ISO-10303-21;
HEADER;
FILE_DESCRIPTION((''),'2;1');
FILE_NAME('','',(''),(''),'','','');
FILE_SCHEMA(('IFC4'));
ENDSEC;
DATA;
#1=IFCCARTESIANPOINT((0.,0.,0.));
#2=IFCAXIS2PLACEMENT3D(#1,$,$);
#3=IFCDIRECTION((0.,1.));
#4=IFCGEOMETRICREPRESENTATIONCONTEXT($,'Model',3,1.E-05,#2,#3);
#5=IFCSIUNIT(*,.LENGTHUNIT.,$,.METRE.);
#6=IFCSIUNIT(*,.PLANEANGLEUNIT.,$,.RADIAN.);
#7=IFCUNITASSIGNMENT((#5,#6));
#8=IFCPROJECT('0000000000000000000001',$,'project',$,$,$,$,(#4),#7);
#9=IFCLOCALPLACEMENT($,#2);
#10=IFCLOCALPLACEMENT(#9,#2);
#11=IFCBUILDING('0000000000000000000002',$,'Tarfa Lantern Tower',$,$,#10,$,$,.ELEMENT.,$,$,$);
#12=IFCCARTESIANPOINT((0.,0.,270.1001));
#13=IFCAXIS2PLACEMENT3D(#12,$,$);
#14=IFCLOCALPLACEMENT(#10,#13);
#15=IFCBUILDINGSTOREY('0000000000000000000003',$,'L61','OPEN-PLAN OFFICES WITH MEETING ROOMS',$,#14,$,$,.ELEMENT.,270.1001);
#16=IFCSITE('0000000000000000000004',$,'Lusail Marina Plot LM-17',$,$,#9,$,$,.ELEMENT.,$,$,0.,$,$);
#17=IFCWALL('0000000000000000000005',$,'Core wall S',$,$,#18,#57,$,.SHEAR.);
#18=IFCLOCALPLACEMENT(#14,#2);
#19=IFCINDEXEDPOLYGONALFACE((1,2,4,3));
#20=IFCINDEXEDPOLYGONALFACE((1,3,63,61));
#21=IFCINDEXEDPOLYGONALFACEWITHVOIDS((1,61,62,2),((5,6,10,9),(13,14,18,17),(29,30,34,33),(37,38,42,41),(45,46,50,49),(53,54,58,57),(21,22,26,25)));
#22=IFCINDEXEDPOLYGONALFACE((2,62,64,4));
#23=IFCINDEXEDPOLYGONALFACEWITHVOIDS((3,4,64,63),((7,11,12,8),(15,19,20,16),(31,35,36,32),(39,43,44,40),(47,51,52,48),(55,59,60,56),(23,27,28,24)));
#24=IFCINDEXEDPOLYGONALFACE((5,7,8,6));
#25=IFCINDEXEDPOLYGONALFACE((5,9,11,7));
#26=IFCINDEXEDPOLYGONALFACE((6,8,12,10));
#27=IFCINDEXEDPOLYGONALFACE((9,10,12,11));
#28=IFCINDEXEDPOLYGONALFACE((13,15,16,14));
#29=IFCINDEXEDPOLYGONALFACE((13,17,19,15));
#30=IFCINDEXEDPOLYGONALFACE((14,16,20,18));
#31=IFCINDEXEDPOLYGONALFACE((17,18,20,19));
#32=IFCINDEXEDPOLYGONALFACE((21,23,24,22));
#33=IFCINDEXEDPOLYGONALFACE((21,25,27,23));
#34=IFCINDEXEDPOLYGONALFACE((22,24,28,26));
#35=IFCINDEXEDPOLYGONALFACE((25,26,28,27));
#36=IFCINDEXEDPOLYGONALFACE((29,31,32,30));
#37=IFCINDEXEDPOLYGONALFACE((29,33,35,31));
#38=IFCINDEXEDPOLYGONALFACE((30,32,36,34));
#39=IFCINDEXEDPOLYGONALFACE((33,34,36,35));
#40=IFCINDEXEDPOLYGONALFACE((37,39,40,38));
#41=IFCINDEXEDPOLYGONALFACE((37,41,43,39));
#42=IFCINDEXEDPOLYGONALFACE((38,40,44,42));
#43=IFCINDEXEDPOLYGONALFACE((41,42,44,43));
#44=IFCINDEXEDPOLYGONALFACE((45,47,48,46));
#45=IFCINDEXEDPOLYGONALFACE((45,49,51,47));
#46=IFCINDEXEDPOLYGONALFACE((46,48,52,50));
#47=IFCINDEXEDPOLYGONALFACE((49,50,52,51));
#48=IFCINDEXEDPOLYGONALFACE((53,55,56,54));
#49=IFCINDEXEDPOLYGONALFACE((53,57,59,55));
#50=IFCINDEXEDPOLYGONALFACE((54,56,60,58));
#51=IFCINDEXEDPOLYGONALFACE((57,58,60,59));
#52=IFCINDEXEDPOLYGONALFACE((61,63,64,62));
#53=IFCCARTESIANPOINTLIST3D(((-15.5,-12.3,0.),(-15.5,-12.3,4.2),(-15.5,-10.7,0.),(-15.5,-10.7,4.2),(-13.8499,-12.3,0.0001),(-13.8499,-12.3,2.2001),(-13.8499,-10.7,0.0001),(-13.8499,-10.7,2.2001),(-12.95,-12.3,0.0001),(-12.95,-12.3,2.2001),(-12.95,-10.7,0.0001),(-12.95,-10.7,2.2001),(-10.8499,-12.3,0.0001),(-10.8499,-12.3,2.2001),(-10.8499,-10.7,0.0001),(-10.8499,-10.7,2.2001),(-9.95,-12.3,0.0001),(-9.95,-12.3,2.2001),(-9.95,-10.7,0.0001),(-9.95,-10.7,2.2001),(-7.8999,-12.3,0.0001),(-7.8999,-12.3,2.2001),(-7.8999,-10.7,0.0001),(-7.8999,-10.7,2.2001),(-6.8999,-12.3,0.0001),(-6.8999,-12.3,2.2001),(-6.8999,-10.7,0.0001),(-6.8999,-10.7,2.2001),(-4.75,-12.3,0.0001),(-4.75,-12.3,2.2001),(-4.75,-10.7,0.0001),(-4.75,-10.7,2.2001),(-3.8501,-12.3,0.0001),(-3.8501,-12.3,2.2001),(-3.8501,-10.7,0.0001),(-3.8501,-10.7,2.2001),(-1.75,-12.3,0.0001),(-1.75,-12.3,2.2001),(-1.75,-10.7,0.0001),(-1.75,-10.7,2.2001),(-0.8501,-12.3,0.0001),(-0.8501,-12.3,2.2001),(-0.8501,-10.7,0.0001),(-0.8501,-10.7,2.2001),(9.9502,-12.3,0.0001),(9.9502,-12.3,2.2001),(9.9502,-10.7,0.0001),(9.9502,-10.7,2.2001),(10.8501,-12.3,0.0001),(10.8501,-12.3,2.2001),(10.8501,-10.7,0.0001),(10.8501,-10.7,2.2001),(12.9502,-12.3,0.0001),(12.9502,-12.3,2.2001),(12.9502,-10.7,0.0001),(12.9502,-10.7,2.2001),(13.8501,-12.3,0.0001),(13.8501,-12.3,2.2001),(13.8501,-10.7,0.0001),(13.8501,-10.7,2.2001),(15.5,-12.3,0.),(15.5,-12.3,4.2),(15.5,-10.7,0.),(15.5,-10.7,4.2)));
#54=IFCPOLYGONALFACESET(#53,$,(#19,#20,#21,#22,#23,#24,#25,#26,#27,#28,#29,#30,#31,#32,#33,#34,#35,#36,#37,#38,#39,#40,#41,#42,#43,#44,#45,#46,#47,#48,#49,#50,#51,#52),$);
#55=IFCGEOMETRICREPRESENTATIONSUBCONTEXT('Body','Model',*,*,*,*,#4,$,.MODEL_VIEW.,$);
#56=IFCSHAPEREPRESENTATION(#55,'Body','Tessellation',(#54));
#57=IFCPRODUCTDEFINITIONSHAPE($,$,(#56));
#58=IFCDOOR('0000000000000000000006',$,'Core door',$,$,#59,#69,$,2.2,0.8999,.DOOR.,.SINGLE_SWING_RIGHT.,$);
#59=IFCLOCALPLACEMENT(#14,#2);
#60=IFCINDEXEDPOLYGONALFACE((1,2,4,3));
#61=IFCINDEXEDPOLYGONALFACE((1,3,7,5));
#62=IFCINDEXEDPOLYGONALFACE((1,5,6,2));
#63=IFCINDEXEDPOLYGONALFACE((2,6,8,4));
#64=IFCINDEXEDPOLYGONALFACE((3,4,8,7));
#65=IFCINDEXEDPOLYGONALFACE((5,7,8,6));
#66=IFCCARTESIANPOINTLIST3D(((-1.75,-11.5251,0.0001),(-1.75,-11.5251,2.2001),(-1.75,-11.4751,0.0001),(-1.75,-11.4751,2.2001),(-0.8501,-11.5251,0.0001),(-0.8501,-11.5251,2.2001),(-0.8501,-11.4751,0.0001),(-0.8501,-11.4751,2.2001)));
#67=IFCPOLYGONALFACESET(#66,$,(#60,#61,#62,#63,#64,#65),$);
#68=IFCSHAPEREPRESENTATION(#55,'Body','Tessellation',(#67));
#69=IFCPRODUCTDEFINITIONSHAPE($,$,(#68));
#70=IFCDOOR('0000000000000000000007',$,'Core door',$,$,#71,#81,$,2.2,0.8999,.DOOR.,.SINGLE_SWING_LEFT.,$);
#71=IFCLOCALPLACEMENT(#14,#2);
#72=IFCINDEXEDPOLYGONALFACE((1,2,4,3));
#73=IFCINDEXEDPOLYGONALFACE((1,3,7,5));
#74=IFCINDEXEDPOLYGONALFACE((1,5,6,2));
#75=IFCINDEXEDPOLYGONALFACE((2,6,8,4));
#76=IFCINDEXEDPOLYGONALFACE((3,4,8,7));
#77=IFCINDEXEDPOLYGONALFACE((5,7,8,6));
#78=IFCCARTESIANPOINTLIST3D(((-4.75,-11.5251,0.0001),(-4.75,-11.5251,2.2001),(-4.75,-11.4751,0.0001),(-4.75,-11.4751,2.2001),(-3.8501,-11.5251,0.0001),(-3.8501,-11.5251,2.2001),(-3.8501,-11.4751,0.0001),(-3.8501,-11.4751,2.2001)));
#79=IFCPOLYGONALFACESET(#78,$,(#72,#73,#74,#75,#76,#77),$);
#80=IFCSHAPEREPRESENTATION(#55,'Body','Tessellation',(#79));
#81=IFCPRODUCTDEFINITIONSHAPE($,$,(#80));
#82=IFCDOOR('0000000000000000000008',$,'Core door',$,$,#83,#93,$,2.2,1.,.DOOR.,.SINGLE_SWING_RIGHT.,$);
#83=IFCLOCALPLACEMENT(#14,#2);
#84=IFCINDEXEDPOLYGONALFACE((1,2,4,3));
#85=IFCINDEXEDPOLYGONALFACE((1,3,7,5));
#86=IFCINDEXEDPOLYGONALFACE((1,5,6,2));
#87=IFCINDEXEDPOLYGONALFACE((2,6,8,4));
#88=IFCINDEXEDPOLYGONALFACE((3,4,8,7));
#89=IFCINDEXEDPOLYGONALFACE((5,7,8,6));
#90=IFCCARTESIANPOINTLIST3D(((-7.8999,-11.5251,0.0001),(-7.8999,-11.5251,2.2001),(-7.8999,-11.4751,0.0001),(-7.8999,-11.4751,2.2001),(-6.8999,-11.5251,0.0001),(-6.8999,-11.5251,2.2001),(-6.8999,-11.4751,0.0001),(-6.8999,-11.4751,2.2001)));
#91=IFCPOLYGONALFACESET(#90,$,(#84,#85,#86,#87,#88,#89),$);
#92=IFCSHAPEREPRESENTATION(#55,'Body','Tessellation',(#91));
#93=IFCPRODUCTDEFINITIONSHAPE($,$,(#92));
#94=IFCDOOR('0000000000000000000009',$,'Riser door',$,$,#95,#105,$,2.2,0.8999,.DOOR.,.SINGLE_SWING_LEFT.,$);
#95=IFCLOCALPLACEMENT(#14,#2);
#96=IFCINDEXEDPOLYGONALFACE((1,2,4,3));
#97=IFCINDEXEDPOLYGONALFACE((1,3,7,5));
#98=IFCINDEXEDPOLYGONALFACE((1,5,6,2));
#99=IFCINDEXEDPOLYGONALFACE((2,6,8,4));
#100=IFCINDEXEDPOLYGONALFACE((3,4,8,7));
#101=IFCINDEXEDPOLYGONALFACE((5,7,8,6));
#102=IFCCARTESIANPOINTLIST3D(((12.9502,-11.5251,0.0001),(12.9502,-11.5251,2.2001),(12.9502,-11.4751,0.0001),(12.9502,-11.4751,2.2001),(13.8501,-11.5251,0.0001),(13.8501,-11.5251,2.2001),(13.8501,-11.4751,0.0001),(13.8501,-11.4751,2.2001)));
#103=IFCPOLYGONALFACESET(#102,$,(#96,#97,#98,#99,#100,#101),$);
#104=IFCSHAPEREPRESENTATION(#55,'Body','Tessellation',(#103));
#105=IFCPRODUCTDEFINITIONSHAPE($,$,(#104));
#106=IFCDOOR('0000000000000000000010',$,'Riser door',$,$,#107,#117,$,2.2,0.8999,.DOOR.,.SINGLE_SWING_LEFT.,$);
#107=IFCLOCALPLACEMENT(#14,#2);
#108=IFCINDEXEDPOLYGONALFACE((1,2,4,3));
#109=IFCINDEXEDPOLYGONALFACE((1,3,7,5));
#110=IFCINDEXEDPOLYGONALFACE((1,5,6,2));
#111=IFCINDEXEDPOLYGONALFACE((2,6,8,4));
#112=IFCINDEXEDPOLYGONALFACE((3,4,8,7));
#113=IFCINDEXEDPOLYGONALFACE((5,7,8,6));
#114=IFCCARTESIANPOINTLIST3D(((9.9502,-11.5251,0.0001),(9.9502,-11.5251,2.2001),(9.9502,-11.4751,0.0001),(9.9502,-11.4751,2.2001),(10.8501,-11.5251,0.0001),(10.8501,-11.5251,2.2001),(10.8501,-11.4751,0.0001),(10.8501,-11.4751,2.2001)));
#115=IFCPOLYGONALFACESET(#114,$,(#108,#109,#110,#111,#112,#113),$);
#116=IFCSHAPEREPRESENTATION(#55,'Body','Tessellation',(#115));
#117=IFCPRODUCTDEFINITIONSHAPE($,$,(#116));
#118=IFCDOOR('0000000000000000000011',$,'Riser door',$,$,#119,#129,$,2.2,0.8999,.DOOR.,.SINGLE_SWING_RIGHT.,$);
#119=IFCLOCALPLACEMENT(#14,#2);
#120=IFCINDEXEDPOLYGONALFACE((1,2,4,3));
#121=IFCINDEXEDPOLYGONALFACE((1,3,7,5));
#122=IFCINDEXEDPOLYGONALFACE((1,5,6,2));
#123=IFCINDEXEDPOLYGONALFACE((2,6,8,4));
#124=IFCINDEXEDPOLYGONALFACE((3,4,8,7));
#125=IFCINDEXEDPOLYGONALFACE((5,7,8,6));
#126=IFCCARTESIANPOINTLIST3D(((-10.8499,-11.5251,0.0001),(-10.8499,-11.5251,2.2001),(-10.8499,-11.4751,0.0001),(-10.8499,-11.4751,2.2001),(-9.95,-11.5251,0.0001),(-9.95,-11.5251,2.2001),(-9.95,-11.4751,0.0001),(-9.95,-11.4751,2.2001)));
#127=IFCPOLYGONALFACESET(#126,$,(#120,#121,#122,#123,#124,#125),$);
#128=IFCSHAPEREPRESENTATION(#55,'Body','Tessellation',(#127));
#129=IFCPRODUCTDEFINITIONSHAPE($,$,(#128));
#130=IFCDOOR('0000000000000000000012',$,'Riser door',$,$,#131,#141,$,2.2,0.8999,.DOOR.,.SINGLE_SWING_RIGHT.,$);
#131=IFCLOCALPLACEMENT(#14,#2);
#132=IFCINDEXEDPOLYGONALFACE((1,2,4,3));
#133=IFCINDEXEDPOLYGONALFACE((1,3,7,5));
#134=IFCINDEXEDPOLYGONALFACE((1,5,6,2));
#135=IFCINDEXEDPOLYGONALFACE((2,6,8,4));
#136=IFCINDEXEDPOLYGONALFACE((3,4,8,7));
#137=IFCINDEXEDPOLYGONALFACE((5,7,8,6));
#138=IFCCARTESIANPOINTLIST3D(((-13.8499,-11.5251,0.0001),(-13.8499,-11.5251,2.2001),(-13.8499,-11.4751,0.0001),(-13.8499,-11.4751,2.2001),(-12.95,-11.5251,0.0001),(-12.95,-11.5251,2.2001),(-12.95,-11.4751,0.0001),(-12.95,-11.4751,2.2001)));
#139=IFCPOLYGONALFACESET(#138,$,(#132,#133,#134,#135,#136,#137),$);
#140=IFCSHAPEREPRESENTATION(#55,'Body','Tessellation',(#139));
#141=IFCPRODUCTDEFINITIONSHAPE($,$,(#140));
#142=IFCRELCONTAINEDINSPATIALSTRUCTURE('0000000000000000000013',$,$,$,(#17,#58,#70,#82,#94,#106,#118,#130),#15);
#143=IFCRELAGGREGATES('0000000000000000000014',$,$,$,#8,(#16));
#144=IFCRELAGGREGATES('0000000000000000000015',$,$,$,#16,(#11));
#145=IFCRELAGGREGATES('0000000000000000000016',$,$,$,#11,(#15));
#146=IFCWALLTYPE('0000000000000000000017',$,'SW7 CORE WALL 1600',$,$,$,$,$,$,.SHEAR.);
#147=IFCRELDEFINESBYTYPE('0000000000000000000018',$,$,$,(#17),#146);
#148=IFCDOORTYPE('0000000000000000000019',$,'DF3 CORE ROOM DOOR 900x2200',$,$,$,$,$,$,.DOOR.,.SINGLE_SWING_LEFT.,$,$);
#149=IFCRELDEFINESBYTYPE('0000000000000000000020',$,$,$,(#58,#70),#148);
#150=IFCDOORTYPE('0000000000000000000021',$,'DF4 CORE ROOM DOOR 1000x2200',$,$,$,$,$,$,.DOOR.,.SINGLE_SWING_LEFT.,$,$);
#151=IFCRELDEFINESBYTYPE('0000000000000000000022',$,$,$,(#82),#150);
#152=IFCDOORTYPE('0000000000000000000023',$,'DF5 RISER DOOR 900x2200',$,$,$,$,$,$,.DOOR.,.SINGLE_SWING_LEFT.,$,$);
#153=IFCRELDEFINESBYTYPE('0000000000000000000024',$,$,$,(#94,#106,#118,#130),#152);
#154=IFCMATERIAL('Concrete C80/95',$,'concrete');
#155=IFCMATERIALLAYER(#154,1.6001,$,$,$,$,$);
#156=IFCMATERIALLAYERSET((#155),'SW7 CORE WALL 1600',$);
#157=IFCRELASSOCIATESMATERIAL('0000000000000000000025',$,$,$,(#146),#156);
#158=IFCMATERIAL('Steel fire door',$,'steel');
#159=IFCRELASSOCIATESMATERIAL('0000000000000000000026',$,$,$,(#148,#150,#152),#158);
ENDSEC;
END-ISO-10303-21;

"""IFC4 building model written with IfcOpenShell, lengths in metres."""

from ifc_helpers import new_model, si_unit, direction, frame, frame_2d, origin, place, context, subcontext, project, spatial, rectangle, extrude, material, layer, layer_set, type_object, element, fill, save


model = new_model("IFC4")

# Units and contexts
model_context = context("Model", 3, precision=1e-05, world=origin(), true_north=direction((0.0, 1.0)))
body_context = subcontext(model_context, "Body", "Model", "MODEL_VIEW")
ifc_project = project(units=[si_unit("LENGTHUNIT", "METRE"), si_unit("PLANEANGLEUNIT", "RADIAN")], contexts=[model_context])

# Site, building, storey
site_placement = place(None, origin())
site = spatial("IfcSite", under=ifc_project, at=site_placement, Name="Lusail Marina Plot LM-17", CompositionType="ELEMENT", RefElevation=0.0)
building_placement = place(site_placement, origin())
building = spatial("IfcBuilding", under=site, at=building_placement, Name="Tarfa Lantern Tower", CompositionType="ELEMENT")
storey_placement = place(building_placement, frame((0.0, 0.0, 270.1001)))
storey = spatial("IfcBuildingStorey", under=building, at=storey_placement, Name="L61", Description="OPEN-PLAN OFFICES WITH MEETING ROOMS", CompositionType="ELEMENT", Elevation=270.1001)

# Shared definitions
ifc_material_1 = material(Name="Concrete C80/95", Category="concrete")
ifc_material_2 = material(Name="Steel fire door", Category="steel")

# Wall, openings, doors
ifc_layer_1 = layer(ifc_material_1, 1.6001)
ifc_layer_set_1 = layer_set([ifc_layer_1], Name="SW7 CORE WALL 1600")
wall_type_1 = type_object("IfcWallType", Name="SW7 CORE WALL 1600", PredefinedType="SHEAR", material=ifc_layer_set_1)
wall_1_placement = place(storey_placement, frame((15.5, -11.5, 0.0), z_axis=(0.0, 0.0, 1.0), x_axis=(-1.0, 0.0, 0.0)))
wall_1 = element("IfcWall", 1, at=wall_1_placement, inside=storey, type_object=wall_type_1, Name="Core wall S", PredefinedType="SHEAR", context=body_context, shape_type="SweptSolid", body=[
    extrude(rectangle(XDim=31.0, YDim=1.6001, at=frame_2d((15.5, 0.0))), origin(), (0.0, 0.0, 1.0), 4.2),
])
opening_1_placement = place(wall_1_placement, frame((16.3501, 0.0, 0.0)))
opening_1 = element("IfcOpeningElement", 2, at=opening_1_placement, cuts=wall_1, PredefinedType="OPENING", context=body_context, shape_type="SweptSolid", body=[
    extrude(rectangle(XDim=0.8999, YDim=2.2, at=frame_2d((0.45, 1.1001))), frame((0.0, 0.8101, 0.0), z_axis=(0.0, -1.0, 0.0), x_axis=(1.0, 0.0, 0.0)), (0.0, 0.0, 1.0), 1.6201),
])
opening_2_placement = place(wall_1_placement, frame((19.3501, 0.0, 0.0)))
opening_2 = element("IfcOpeningElement", 3, at=opening_2_placement, cuts=wall_1, PredefinedType="OPENING", context=body_context, shape_type="SweptSolid", body=[
    extrude(rectangle(XDim=0.8999, YDim=2.2, at=frame_2d((0.45, 1.1001))), frame((0.0, 0.8101, 0.0), z_axis=(0.0, -1.0, 0.0), x_axis=(1.0, 0.0, 0.0)), (0.0, 0.0, 1.0), 1.6201),
])
opening_3_placement = place(wall_1_placement, frame((22.3999, 0.0, 0.0)))
opening_3 = element("IfcOpeningElement", 4, at=opening_3_placement, cuts=wall_1, PredefinedType="OPENING", context=body_context, shape_type="SweptSolid", body=[
    extrude(rectangle(XDim=1.0, YDim=2.2, at=frame_2d((0.5, 1.1001))), frame((0.0, 0.8101, 0.0), z_axis=(0.0, -1.0, 0.0), x_axis=(1.0, 0.0, 0.0)), (0.0, 0.0, 1.0), 1.6201),
])
opening_4_placement = place(wall_1_placement, frame((1.6499, 0.0, 0.0)))
opening_4 = element("IfcOpeningElement", 5, at=opening_4_placement, cuts=wall_1, PredefinedType="OPENING", context=body_context, shape_type="SweptSolid", body=[
    extrude(rectangle(XDim=0.8999, YDim=2.2, at=frame_2d((0.45, 1.1001))), frame((0.0, 0.8101, 0.0), z_axis=(0.0, -1.0, 0.0), x_axis=(1.0, 0.0, 0.0)), (0.0, 0.0, 1.0), 1.6201),
])
opening_5_placement = place(wall_1_placement, frame((4.6499, 0.0, 0.0)))
opening_5 = element("IfcOpeningElement", 6, at=opening_5_placement, cuts=wall_1, PredefinedType="OPENING", context=body_context, shape_type="SweptSolid", body=[
    extrude(rectangle(XDim=0.8999, YDim=2.2, at=frame_2d((0.45, 1.1001))), frame((0.0, 0.8101, 0.0), z_axis=(0.0, -1.0, 0.0), x_axis=(1.0, 0.0, 0.0)), (0.0, 0.0, 1.0), 1.6201),
])
opening_6_placement = place(wall_1_placement, frame((25.45, 0.0, 0.0)))
opening_6 = element("IfcOpeningElement", 7, at=opening_6_placement, cuts=wall_1, PredefinedType="OPENING", context=body_context, shape_type="SweptSolid", body=[
    extrude(rectangle(XDim=0.8999, YDim=2.2, at=frame_2d((0.45, 1.1001))), frame((0.0, 0.8101, 0.0), z_axis=(0.0, -1.0, 0.0), x_axis=(1.0, 0.0, 0.0)), (0.0, 0.0, 1.0), 1.6201),
])
opening_7_placement = place(wall_1_placement, frame((28.45, 0.0, 0.0)))
opening_7 = element("IfcOpeningElement", 8, at=opening_7_placement, cuts=wall_1, PredefinedType="OPENING", context=body_context, shape_type="SweptSolid", body=[
    extrude(rectangle(XDim=0.8999, YDim=2.2, at=frame_2d((0.45, 1.1001))), frame((0.0, 0.8101, 0.0), z_axis=(0.0, -1.0, 0.0), x_axis=(1.0, 0.0, 0.0)), (0.0, 0.0, 1.0), 1.6201),
])
door_type_1 = type_object("IfcDoorType", Name="DF3 CORE ROOM DOOR 900x2200", OperationType="SINGLE_SWING_LEFT", PredefinedType="DOOR", material=ifc_material_2)
door_1_placement = place(opening_1_placement, frame((0.8999, 0.0, 0.0), z_axis=(0.0, 0.0, 1.0), x_axis=(-1.0, 0.0, 0.0)))
door_1 = element("IfcDoor", 9, at=door_1_placement, inside=storey, type_object=door_type_1, Name="Core door", OperationType="SINGLE_SWING_RIGHT", OverallHeight=2.2, OverallWidth=0.8999, PredefinedType="DOOR", context=body_context, shape_type="SweptSolid", body=[
    extrude(rectangle(XDim=0.8999, YDim=2.2, at=frame_2d((0.45, 1.1001))), frame((0.0, 0.0249, 0.0), z_axis=(0.0, -1.0, 0.0), x_axis=(1.0, 0.0, 0.0)), (0.0, 0.0, 1.0), 0.05),
])
fill(opening_1, door_1)
door_2_placement = place(opening_2_placement, frame((0.8999, 0.0, 0.0), z_axis=(0.0, 0.0, 1.0), x_axis=(-1.0, 0.0, 0.0)))
door_2 = element("IfcDoor", 10, at=door_2_placement, inside=storey, type_object=door_type_1, Name="Core door", OperationType="SINGLE_SWING_LEFT", OverallHeight=2.2, OverallWidth=0.8999, PredefinedType="DOOR", context=body_context, shape_type="SweptSolid", body=[
    extrude(rectangle(XDim=0.8999, YDim=2.2, at=frame_2d((0.45, 1.1001))), frame((0.0, 0.0249, 0.0), z_axis=(0.0, -1.0, 0.0), x_axis=(1.0, 0.0, 0.0)), (0.0, 0.0, 1.0), 0.05),
])
fill(opening_2, door_2)
door_type_2 = type_object("IfcDoorType", Name="DF4 CORE ROOM DOOR 1000x2200", OperationType="SINGLE_SWING_LEFT", PredefinedType="DOOR", material=ifc_material_2)
door_3_placement = place(opening_3_placement, frame((1.0, 0.0, 0.0), z_axis=(0.0, 0.0, 1.0), x_axis=(-1.0, 0.0, 0.0)))
door_3 = element("IfcDoor", 11, at=door_3_placement, inside=storey, type_object=door_type_2, Name="Core door", OperationType="SINGLE_SWING_RIGHT", OverallHeight=2.2, OverallWidth=1.0, PredefinedType="DOOR", context=body_context, shape_type="SweptSolid", body=[
    extrude(rectangle(XDim=1.0, YDim=2.2, at=frame_2d((0.5, 1.1001))), frame((0.0, 0.0249, 0.0), z_axis=(0.0, -1.0, 0.0), x_axis=(1.0, 0.0, 0.0)), (0.0, 0.0, 1.0), 0.05),
])
fill(opening_3, door_3)
door_type_3 = type_object("IfcDoorType", Name="DF5 RISER DOOR 900x2200", OperationType="SINGLE_SWING_LEFT", PredefinedType="DOOR", material=ifc_material_2)
door_4_placement = place(opening_4_placement, frame((0.8999, 0.0, 0.0), z_axis=(0.0, 0.0, 1.0), x_axis=(-1.0, 0.0, 0.0)))
door_4 = element("IfcDoor", 12, at=door_4_placement, inside=storey, type_object=door_type_3, Name="Riser door", OperationType="SINGLE_SWING_LEFT", OverallHeight=2.2, OverallWidth=0.8999, PredefinedType="DOOR", context=body_context, shape_type="SweptSolid", body=[
    extrude(rectangle(XDim=0.8999, YDim=2.2, at=frame_2d((0.45, 1.1001))), frame((0.0, 0.0249, 0.0), z_axis=(0.0, -1.0, 0.0), x_axis=(1.0, 0.0, 0.0)), (0.0, 0.0, 1.0), 0.05),
])
fill(opening_4, door_4)
door_5_placement = place(opening_5_placement, frame((0.8999, 0.0, 0.0), z_axis=(0.0, 0.0, 1.0), x_axis=(-1.0, 0.0, 0.0)))
door_5 = element("IfcDoor", 13, at=door_5_placement, inside=storey, type_object=door_type_3, Name="Riser door", OperationType="SINGLE_SWING_LEFT", OverallHeight=2.2, OverallWidth=0.8999, PredefinedType="DOOR", context=body_context, shape_type="SweptSolid", body=[
    extrude(rectangle(XDim=0.8999, YDim=2.2, at=frame_2d((0.45, 1.1001))), frame((0.0, 0.0249, 0.0), z_axis=(0.0, -1.0, 0.0), x_axis=(1.0, 0.0, 0.0)), (0.0, 0.0, 1.0), 0.05),
])
fill(opening_5, door_5)
door_6_placement = place(opening_6_placement, frame((0.8999, 0.0, 0.0), z_axis=(0.0, 0.0, 1.0), x_axis=(-1.0, 0.0, 0.0)))
door_6 = element("IfcDoor", 14, at=door_6_placement, inside=storey, type_object=door_type_3, Name="Riser door", OperationType="SINGLE_SWING_RIGHT", OverallHeight=2.2, OverallWidth=0.8999, PredefinedType="DOOR", context=body_context, shape_type="SweptSolid", body=[
    extrude(rectangle(XDim=0.8999, YDim=2.2, at=frame_2d((0.45, 1.1001))), frame((0.0, 0.0249, 0.0), z_axis=(0.0, -1.0, 0.0), x_axis=(1.0, 0.0, 0.0)), (0.0, 0.0, 1.0), 0.05),
])
fill(opening_6, door_6)
door_7_placement = place(opening_7_placement, frame((0.8999, 0.0, 0.0), z_axis=(0.0, 0.0, 1.0), x_axis=(-1.0, 0.0, 0.0)))
door_7 = element("IfcDoor", 15, at=door_7_placement, inside=storey, type_object=door_type_3, Name="Riser door", OperationType="SINGLE_SWING_RIGHT", OverallHeight=2.2, OverallWidth=0.8999, PredefinedType="DOOR", context=body_context, shape_type="SweptSolid", body=[
    extrude(rectangle(XDim=0.8999, YDim=2.2, at=frame_2d((0.45, 1.1001))), frame((0.0, 0.0249, 0.0), z_axis=(0.0, -1.0, 0.0), x_axis=(1.0, 0.0, 0.0)), (0.0, 0.0, 1.0), 0.05),
])
fill(opening_7, door_7)

save(model, "model.ifc")
